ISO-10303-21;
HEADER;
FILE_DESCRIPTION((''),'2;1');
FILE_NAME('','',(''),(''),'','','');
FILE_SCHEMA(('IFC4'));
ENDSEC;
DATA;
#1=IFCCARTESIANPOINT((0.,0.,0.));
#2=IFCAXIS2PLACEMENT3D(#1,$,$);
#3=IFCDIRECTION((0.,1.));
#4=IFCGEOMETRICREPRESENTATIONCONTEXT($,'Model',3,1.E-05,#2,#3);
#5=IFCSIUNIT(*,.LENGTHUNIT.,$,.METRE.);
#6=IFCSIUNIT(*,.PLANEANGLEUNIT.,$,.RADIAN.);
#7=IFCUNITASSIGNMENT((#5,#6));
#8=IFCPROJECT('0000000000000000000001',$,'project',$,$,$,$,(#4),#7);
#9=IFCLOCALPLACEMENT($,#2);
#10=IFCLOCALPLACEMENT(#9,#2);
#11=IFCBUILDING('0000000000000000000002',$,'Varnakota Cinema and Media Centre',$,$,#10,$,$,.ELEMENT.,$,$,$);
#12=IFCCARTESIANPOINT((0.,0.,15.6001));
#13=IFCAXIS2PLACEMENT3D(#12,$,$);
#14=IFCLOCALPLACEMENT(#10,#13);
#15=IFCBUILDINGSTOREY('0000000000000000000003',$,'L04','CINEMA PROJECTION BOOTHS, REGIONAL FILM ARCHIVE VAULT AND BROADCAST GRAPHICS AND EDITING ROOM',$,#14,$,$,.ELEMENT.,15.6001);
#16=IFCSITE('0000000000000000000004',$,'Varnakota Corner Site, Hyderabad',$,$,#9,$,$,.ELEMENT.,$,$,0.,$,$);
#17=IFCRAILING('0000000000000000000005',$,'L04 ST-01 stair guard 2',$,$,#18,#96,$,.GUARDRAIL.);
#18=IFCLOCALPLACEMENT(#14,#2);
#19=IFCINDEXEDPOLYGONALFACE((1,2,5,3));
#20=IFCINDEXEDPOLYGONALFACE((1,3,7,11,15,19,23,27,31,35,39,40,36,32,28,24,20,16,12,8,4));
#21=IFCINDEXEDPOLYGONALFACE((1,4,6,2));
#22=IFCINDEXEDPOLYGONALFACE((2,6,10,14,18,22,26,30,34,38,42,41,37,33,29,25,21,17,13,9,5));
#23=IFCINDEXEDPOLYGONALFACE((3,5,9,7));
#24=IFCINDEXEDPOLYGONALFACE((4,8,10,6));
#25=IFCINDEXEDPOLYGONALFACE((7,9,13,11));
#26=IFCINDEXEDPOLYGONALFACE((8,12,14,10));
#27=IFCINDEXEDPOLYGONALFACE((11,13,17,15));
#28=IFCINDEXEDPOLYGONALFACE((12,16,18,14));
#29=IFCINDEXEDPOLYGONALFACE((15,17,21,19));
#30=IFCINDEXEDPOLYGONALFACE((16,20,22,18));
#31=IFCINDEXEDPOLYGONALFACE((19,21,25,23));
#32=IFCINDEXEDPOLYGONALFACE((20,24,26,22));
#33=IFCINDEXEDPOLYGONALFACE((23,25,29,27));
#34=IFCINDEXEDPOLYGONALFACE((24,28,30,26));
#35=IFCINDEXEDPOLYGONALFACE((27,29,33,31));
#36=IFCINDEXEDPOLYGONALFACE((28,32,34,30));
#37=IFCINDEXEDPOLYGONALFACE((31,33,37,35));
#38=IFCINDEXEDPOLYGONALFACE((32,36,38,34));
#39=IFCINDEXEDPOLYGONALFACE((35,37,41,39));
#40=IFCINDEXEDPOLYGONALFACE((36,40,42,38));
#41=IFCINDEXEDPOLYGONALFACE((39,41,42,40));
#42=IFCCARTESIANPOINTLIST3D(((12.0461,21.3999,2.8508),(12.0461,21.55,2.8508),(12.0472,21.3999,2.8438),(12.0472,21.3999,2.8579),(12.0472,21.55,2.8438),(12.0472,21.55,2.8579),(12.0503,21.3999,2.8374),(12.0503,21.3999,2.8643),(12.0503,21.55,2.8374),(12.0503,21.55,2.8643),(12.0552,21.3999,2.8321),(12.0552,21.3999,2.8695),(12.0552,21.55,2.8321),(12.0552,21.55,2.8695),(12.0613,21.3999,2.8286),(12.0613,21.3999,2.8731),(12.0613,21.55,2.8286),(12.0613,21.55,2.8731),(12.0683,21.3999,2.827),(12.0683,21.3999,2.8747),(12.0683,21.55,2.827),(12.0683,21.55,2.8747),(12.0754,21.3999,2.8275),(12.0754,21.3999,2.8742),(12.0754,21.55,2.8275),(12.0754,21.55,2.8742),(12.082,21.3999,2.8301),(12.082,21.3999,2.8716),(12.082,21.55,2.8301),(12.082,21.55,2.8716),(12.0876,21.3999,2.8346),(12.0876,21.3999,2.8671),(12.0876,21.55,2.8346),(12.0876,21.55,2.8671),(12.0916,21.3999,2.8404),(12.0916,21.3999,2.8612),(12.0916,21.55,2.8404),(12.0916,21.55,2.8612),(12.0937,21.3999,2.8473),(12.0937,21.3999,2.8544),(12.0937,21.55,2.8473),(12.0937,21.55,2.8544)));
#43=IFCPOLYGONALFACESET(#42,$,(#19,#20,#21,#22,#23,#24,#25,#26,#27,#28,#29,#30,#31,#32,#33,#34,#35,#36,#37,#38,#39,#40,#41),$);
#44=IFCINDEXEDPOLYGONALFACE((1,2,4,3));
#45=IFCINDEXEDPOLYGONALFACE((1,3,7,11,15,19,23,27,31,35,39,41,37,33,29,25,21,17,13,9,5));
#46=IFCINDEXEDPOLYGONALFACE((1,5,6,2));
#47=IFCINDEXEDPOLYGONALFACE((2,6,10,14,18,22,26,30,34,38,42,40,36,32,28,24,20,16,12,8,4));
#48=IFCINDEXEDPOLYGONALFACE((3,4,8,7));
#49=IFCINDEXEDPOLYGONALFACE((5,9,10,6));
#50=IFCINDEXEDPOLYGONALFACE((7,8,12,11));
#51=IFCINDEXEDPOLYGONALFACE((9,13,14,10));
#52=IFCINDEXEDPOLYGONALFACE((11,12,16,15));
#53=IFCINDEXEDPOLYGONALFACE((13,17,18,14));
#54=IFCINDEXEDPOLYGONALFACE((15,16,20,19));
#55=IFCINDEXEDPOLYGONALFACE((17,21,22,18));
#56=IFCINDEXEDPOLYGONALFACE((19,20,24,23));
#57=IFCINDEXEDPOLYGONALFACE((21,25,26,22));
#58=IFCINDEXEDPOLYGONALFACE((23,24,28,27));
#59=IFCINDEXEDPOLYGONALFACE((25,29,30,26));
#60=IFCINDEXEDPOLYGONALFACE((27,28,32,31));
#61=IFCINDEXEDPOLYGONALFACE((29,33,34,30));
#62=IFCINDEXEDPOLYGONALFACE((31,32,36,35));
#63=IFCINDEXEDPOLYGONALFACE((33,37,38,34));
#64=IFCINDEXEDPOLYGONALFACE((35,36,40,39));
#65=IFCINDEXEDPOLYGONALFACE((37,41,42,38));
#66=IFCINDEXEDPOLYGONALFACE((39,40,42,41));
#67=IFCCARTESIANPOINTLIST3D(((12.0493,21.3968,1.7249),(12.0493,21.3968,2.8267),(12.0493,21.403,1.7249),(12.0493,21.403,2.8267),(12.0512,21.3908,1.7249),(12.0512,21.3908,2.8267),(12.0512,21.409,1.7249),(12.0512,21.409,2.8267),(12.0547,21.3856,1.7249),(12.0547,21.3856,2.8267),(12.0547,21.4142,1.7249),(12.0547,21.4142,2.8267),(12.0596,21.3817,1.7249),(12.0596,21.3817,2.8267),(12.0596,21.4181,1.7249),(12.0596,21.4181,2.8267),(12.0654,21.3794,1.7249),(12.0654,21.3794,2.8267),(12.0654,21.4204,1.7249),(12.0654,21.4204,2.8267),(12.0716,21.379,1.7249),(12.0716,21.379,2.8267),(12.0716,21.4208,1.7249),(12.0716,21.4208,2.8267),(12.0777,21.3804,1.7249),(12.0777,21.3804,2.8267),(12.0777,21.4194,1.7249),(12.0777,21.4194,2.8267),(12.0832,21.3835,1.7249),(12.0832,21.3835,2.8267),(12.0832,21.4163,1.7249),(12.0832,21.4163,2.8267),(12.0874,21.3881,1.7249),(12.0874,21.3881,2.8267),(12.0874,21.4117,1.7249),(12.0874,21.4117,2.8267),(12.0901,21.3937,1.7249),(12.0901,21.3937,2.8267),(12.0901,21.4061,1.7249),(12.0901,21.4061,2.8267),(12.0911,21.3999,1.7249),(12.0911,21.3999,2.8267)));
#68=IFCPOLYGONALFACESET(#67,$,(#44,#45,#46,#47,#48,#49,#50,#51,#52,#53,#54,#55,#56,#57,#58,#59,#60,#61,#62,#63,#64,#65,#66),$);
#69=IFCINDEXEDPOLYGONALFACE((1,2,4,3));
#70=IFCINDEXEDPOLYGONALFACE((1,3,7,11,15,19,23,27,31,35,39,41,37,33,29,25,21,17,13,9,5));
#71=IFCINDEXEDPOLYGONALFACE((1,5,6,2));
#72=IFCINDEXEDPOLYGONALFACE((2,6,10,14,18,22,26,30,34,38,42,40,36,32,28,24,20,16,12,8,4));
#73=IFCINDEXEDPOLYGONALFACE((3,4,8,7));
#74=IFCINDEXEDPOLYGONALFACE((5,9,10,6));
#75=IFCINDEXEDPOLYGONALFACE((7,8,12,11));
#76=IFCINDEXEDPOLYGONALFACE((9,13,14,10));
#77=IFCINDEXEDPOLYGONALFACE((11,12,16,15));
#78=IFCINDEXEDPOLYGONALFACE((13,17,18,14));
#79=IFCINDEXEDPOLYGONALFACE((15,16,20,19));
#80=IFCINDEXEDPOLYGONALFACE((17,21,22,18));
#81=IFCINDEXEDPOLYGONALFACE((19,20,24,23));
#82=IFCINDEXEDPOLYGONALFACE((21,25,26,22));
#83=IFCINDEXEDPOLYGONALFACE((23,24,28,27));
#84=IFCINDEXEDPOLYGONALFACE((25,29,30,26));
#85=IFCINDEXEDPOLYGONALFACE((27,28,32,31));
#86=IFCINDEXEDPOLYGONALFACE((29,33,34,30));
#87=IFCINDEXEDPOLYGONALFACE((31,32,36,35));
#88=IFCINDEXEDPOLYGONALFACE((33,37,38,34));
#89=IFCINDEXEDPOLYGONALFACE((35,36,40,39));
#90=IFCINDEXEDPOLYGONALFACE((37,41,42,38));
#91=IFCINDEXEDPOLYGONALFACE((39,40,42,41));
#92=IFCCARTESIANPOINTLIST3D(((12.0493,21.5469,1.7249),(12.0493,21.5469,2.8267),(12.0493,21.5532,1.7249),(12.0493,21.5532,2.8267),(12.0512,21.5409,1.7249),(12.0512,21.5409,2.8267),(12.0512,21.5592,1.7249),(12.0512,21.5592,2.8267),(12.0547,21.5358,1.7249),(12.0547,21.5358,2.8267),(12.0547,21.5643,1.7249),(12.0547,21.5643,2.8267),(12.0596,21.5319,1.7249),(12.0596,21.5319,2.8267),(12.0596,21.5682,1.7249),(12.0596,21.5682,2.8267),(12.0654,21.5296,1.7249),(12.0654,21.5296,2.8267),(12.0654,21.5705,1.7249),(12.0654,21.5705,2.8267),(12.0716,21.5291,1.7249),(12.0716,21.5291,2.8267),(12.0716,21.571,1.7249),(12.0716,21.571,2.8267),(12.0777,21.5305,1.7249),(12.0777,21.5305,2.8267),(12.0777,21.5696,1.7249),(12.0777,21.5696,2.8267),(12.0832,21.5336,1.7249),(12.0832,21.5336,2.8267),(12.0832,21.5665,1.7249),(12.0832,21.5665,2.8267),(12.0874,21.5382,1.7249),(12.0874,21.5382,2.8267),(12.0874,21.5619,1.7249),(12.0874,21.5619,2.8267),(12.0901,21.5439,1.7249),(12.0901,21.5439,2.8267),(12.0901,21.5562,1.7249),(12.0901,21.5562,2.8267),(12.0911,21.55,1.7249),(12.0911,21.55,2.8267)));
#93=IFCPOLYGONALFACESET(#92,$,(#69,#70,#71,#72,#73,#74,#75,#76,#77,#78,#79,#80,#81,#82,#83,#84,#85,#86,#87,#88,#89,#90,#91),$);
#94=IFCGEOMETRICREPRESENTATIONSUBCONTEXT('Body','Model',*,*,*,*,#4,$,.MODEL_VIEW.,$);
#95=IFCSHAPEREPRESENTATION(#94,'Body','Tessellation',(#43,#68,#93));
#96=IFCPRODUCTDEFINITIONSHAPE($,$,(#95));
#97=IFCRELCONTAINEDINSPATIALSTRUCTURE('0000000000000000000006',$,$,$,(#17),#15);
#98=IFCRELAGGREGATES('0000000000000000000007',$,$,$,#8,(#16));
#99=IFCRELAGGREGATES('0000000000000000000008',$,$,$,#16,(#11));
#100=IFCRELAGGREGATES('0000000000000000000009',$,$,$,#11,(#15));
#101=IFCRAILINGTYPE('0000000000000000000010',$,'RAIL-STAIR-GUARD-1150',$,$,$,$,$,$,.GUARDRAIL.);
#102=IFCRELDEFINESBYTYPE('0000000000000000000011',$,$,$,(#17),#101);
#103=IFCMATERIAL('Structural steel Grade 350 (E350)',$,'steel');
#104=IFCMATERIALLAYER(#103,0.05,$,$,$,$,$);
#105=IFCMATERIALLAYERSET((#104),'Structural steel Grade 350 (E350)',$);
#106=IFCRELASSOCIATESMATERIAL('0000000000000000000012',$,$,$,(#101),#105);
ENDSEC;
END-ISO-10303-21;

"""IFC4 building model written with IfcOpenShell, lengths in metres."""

from ifc_helpers import new_model, si_unit, direction, frame, origin, origin_2d, place, context, subcontext, project, spatial, circle, extrude, material, layer, layer_set, type_object, element, save


model = new_model("IFC4")

# Units and contexts
model_context = context("Model", 3, precision=1e-05, world=origin(), true_north=direction((0.0, 1.0)))
body_context = subcontext(model_context, "Body", "Model", "MODEL_VIEW")
ifc_project = project(units=[si_unit("LENGTHUNIT", "METRE"), si_unit("PLANEANGLEUNIT", "RADIAN")], contexts=[model_context])

# Site, building, storey
site_placement = place(None, origin())
site = spatial("IfcSite", under=ifc_project, at=site_placement, Name="Varnakota Corner Site, Hyderabad", CompositionType="ELEMENT", RefElevation=0.0)
building_placement = place(site_placement, origin())
building = spatial("IfcBuilding", under=site, at=building_placement, Name="Varnakota Cinema and Media Centre", CompositionType="ELEMENT")
storey_placement = place(building_placement, frame((0.0, 0.0, 15.6001)))
storey = spatial("IfcBuildingStorey", under=building, at=storey_placement, Name="L04", Description="CINEMA PROJECTION BOOTHS, REGIONAL FILM ARCHIVE VAULT AND BROADCAST GRAPHICS AND EDITING ROOM", CompositionType="ELEMENT", Elevation=15.6001)

# Railing
ifc_material_1 = material(Name="Structural steel Grade 350 (E350)", Category="steel")
ifc_layer_1 = layer(ifc_material_1, 0.05)
ifc_layer_set_1 = layer_set([ifc_layer_1], Name="Structural steel Grade 350 (E350)")
railing_type_1 = type_object("IfcRailingType", Name="RAIL-STAIR-GUARD-1150", PredefinedType="GUARDRAIL", material=ifc_layer_set_1)
railing_1_placement = place(storey_placement, frame((12.0701, 21.3999, 1.7249)))
element("IfcRailing", 1, at=railing_1_placement, inside=storey, type_object=railing_type_1, Name="L04 ST-01 stair guard 2", PredefinedType="GUARDRAIL", context=body_context, shape_type="SweptSolid", body=[
    extrude(circle(Radius=0.0239, at=origin_2d()), frame((0.0, 0.0, 1.126), z_axis=(0.0, 1.0, 0.0), x_axis=(-1.0, 0.0, 0.0)), (0.0, 0.0, 1.0), 0.1501),
    extrude(circle(Radius=0.021, at=origin_2d()), origin(), (0.0, 0.0, 1.0), 1.1018),
    extrude(circle(Radius=0.021, at=origin_2d()), frame((0.0, 0.1501, 0.0)), (0.0, 0.0, 1.0), 1.1018),
])

save(model, "model.ifc")
